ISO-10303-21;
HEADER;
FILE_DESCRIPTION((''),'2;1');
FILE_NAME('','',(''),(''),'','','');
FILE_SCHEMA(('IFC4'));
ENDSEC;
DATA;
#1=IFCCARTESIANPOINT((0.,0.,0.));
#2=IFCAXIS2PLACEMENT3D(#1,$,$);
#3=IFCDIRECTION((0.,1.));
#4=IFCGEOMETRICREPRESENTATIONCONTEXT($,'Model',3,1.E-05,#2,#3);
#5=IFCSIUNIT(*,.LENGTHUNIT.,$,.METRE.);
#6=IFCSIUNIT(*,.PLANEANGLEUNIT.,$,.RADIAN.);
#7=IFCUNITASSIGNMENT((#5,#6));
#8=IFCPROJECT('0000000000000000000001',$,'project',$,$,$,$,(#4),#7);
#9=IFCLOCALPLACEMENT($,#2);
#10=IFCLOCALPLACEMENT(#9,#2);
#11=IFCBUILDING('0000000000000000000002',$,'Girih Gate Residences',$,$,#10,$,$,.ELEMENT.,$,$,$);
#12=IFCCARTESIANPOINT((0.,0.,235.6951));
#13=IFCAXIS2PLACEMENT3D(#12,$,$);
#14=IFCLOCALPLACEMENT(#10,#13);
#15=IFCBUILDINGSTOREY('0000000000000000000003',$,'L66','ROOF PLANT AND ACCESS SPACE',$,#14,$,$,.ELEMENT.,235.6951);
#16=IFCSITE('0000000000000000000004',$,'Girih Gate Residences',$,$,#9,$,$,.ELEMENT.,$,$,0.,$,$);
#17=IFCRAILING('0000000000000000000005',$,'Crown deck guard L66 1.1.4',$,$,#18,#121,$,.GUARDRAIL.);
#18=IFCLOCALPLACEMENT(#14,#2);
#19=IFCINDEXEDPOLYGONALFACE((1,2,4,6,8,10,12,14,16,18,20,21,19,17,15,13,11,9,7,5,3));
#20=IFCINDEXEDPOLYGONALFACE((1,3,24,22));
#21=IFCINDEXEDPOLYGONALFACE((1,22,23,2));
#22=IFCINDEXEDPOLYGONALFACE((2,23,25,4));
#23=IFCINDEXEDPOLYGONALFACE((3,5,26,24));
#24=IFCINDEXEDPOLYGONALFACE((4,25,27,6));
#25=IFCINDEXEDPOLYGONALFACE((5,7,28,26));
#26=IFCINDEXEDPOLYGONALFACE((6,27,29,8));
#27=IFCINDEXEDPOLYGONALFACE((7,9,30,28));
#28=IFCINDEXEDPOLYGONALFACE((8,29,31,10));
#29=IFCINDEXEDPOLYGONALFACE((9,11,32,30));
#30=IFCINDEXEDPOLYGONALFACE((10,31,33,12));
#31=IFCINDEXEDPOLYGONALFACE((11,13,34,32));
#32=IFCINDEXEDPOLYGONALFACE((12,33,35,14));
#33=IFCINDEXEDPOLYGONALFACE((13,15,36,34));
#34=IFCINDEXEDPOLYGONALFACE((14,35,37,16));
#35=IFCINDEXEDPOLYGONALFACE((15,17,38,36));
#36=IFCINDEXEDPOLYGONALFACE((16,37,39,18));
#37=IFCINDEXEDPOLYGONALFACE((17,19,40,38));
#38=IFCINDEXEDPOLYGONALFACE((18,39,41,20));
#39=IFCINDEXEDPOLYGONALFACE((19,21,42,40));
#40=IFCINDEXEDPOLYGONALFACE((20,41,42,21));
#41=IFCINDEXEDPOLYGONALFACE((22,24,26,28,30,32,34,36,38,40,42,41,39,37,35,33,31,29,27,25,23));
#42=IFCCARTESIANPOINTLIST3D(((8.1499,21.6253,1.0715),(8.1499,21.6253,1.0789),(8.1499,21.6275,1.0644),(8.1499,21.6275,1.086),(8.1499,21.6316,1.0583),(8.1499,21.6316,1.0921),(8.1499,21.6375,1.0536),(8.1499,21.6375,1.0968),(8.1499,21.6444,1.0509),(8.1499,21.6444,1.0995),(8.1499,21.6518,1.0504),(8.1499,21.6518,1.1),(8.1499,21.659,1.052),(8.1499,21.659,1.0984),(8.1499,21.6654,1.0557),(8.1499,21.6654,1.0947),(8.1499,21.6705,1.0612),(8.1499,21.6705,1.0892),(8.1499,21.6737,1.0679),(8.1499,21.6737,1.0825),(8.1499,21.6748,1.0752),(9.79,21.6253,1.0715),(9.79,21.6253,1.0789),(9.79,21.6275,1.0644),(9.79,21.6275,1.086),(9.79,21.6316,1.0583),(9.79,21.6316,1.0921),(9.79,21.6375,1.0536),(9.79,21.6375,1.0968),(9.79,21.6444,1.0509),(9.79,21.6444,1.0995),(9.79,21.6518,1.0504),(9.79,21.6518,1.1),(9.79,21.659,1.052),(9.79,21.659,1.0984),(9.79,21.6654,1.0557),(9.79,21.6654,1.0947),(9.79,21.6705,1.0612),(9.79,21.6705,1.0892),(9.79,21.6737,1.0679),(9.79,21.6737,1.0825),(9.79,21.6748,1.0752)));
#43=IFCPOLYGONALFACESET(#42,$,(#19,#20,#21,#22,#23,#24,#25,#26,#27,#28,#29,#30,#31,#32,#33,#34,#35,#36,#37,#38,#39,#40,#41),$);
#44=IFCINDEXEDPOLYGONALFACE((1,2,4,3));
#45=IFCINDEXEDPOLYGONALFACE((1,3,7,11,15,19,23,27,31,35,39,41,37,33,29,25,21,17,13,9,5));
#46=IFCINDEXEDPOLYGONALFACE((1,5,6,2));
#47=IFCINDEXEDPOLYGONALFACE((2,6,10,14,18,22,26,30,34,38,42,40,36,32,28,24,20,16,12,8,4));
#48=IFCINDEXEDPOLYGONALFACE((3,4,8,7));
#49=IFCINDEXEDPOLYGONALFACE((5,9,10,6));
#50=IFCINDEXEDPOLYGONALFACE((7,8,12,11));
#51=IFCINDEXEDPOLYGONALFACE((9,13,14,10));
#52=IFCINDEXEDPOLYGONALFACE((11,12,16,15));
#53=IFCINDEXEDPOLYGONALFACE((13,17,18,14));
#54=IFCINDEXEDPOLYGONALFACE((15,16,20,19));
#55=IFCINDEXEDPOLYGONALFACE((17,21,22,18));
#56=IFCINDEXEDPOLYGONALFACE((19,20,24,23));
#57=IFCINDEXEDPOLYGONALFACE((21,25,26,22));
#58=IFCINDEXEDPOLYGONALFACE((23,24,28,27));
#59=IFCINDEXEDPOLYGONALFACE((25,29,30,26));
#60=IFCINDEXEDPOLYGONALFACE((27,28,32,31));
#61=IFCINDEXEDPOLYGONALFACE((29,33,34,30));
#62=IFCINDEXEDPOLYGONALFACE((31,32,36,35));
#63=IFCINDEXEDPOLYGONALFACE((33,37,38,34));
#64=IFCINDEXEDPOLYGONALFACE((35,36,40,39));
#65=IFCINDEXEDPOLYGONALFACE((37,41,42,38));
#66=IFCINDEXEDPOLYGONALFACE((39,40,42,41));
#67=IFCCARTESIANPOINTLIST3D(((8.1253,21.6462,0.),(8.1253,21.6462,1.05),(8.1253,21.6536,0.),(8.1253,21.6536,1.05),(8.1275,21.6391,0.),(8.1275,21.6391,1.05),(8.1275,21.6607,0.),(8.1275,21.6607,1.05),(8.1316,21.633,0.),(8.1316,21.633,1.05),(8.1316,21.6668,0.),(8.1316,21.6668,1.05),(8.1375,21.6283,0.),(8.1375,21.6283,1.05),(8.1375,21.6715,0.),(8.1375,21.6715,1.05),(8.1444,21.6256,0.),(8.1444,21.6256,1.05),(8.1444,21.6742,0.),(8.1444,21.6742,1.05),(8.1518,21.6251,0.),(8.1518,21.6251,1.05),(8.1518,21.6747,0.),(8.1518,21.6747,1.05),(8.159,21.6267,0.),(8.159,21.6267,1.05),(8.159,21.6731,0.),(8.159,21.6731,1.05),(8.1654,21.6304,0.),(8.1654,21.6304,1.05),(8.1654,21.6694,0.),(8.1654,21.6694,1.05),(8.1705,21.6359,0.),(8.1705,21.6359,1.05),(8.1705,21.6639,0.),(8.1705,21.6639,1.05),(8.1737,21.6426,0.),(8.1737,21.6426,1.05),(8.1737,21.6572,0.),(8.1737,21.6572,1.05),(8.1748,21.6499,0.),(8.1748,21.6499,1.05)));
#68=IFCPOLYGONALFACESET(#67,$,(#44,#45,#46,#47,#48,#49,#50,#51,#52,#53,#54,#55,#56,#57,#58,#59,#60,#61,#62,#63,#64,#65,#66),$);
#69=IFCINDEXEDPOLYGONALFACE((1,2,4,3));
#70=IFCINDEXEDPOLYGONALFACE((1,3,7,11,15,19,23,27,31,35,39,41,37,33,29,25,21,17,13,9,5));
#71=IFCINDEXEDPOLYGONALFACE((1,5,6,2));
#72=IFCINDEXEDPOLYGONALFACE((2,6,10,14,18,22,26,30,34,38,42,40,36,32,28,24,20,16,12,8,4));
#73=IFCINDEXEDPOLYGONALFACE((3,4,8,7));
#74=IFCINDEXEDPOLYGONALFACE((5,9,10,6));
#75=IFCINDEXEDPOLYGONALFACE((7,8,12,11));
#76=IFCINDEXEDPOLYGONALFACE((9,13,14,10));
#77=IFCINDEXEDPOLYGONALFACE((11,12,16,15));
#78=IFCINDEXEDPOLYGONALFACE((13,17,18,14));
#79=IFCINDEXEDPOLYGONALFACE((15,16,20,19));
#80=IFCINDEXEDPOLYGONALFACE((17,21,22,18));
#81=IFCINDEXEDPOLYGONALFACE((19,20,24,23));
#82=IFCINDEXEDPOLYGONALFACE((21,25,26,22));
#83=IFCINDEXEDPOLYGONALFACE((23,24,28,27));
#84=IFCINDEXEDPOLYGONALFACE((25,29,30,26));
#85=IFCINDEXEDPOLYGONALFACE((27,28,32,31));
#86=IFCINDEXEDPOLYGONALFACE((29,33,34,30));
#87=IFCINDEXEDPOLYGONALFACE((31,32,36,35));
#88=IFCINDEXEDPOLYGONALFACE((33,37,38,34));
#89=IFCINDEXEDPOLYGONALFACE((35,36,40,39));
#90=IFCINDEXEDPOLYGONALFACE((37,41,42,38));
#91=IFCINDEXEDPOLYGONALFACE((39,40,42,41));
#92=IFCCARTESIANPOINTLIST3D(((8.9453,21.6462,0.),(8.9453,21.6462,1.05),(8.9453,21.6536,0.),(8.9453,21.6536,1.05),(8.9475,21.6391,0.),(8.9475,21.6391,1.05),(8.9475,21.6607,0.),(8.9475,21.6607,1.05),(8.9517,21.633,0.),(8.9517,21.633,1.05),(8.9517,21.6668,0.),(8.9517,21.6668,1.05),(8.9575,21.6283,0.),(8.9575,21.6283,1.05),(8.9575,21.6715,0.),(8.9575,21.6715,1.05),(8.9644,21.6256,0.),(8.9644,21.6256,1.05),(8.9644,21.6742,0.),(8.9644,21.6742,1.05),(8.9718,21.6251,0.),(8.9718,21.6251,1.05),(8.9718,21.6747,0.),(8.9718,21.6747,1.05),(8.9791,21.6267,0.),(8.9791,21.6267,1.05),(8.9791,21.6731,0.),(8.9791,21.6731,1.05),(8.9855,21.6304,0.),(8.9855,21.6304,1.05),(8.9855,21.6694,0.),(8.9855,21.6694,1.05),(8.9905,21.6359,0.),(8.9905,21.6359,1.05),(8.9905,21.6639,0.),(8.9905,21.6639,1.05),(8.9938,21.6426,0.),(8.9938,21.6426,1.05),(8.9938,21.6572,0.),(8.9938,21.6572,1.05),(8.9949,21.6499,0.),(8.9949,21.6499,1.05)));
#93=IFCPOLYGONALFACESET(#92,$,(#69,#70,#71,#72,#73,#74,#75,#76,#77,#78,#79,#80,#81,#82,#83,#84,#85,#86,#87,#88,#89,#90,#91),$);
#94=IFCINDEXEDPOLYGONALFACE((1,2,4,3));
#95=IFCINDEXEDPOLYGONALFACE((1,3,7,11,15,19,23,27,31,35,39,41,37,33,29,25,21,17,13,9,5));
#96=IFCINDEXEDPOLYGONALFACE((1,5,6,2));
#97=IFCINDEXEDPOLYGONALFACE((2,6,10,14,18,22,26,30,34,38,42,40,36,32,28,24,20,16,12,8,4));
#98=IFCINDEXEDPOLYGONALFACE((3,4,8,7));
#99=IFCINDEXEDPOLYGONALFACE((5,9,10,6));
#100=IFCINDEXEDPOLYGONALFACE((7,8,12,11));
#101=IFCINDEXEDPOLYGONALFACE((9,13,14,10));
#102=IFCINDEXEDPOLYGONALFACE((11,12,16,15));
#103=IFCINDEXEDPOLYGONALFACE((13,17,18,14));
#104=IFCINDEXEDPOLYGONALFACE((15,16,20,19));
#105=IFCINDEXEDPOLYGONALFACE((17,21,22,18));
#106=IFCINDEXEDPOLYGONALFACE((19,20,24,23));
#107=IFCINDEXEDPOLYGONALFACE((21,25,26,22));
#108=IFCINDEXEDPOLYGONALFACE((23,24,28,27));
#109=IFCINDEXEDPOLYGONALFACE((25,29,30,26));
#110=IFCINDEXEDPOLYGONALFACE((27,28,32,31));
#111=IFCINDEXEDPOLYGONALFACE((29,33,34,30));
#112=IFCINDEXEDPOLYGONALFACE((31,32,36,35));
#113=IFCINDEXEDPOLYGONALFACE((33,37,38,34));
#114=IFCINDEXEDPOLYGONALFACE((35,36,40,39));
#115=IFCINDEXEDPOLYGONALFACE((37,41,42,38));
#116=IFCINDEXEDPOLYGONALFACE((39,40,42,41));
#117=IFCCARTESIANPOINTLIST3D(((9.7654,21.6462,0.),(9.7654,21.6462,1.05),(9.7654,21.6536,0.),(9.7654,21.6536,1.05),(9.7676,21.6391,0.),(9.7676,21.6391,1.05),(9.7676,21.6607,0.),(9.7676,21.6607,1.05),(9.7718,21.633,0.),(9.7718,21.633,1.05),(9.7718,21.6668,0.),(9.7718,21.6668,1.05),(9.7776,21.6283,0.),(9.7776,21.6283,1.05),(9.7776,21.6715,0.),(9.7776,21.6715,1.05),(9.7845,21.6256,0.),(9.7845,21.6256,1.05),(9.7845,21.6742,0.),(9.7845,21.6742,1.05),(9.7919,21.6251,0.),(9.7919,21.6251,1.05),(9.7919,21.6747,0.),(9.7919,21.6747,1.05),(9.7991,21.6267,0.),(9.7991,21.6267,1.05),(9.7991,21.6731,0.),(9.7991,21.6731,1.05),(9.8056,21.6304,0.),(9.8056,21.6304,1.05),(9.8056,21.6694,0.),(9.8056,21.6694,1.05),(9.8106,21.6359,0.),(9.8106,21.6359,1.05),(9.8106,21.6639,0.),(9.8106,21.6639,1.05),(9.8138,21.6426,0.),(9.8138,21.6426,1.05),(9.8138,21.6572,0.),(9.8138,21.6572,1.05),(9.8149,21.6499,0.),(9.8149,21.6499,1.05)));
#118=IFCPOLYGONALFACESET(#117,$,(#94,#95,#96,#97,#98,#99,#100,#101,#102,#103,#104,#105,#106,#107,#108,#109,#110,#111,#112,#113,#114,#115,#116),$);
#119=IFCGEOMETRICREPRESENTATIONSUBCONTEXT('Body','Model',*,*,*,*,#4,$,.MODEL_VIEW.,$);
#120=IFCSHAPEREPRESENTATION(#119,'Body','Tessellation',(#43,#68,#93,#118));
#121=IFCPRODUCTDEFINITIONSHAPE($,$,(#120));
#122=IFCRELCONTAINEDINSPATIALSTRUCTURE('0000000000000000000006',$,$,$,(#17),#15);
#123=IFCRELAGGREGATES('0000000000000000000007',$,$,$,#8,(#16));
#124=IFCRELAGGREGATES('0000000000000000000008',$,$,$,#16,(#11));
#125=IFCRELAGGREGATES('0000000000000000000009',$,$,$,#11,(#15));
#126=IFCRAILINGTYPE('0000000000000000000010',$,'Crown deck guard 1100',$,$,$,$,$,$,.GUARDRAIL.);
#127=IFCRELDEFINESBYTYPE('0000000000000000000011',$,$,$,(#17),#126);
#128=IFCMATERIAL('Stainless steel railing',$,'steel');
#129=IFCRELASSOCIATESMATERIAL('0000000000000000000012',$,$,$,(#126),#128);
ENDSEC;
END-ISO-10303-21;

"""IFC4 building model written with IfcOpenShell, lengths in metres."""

from ifc_helpers import new_model, si_unit, direction, frame, origin, origin_2d, place, context, subcontext, project, spatial, circle, extrude, material, type_object, element, save


model = new_model("IFC4")

# Units and contexts
model_context = context("Model", 3, precision=1e-05, world=origin(), true_north=direction((0.0, 1.0)))
body_context = subcontext(model_context, "Body", "Model", "MODEL_VIEW")
ifc_project = project(units=[si_unit("LENGTHUNIT", "METRE"), si_unit("PLANEANGLEUNIT", "RADIAN")], contexts=[model_context])

# Site, building, storey
site_placement = place(None, origin())
site = spatial("IfcSite", under=ifc_project, at=site_placement, Name="Girih Gate Residences", CompositionType="ELEMENT", RefElevation=0.0)
building_placement = place(site_placement, origin())
building = spatial("IfcBuilding", under=site, at=building_placement, Name="Girih Gate Residences", CompositionType="ELEMENT")
storey_placement = place(building_placement, frame((0.0, 0.0, 235.6951)))
storey = spatial("IfcBuildingStorey", under=building, at=storey_placement, Name="L66", Description="ROOF PLANT AND ACCESS SPACE", CompositionType="ELEMENT", Elevation=235.6951)

# Railing
ifc_material_1 = material(Name="Stainless steel railing", Category="steel")
railing_type = type_object("IfcRailingType", Name="Crown deck guard 1100", PredefinedType="GUARDRAIL", material=ifc_material_1)
railing_1_placement = place(storey_placement, frame((8.1499, 21.6499, 0.0)))
element("IfcRailing", 1, at=railing_1_placement, inside=storey, type_object=railing_type, Name="Crown deck guard L66 1.1.4", PredefinedType="GUARDRAIL", context=body_context, shape_type="SweptSolid", body=[
    extrude(circle(Radius=0.0249, at=origin_2d()), frame((0.0, 0.0, 1.0752), z_axis=(1.0, 0.0, 0.0), x_axis=(0.0, 1.0, 0.0)), (0.0, 0.0, 1.0), 1.6401),
    extrude(circle(Radius=0.0249, at=origin_2d()), origin(), (0.0, 0.0, 1.0), 1.05),
    extrude(circle(Radius=0.0249, at=origin_2d()), frame((0.8201, 0.0, 0.0)), (0.0, 0.0, 1.0), 1.05),
    extrude(circle(Radius=0.0249, at=origin_2d()), frame((1.6401, 0.0, 0.0)), (0.0, 0.0, 1.0), 1.05),
])

save(model, "model.ifc")
